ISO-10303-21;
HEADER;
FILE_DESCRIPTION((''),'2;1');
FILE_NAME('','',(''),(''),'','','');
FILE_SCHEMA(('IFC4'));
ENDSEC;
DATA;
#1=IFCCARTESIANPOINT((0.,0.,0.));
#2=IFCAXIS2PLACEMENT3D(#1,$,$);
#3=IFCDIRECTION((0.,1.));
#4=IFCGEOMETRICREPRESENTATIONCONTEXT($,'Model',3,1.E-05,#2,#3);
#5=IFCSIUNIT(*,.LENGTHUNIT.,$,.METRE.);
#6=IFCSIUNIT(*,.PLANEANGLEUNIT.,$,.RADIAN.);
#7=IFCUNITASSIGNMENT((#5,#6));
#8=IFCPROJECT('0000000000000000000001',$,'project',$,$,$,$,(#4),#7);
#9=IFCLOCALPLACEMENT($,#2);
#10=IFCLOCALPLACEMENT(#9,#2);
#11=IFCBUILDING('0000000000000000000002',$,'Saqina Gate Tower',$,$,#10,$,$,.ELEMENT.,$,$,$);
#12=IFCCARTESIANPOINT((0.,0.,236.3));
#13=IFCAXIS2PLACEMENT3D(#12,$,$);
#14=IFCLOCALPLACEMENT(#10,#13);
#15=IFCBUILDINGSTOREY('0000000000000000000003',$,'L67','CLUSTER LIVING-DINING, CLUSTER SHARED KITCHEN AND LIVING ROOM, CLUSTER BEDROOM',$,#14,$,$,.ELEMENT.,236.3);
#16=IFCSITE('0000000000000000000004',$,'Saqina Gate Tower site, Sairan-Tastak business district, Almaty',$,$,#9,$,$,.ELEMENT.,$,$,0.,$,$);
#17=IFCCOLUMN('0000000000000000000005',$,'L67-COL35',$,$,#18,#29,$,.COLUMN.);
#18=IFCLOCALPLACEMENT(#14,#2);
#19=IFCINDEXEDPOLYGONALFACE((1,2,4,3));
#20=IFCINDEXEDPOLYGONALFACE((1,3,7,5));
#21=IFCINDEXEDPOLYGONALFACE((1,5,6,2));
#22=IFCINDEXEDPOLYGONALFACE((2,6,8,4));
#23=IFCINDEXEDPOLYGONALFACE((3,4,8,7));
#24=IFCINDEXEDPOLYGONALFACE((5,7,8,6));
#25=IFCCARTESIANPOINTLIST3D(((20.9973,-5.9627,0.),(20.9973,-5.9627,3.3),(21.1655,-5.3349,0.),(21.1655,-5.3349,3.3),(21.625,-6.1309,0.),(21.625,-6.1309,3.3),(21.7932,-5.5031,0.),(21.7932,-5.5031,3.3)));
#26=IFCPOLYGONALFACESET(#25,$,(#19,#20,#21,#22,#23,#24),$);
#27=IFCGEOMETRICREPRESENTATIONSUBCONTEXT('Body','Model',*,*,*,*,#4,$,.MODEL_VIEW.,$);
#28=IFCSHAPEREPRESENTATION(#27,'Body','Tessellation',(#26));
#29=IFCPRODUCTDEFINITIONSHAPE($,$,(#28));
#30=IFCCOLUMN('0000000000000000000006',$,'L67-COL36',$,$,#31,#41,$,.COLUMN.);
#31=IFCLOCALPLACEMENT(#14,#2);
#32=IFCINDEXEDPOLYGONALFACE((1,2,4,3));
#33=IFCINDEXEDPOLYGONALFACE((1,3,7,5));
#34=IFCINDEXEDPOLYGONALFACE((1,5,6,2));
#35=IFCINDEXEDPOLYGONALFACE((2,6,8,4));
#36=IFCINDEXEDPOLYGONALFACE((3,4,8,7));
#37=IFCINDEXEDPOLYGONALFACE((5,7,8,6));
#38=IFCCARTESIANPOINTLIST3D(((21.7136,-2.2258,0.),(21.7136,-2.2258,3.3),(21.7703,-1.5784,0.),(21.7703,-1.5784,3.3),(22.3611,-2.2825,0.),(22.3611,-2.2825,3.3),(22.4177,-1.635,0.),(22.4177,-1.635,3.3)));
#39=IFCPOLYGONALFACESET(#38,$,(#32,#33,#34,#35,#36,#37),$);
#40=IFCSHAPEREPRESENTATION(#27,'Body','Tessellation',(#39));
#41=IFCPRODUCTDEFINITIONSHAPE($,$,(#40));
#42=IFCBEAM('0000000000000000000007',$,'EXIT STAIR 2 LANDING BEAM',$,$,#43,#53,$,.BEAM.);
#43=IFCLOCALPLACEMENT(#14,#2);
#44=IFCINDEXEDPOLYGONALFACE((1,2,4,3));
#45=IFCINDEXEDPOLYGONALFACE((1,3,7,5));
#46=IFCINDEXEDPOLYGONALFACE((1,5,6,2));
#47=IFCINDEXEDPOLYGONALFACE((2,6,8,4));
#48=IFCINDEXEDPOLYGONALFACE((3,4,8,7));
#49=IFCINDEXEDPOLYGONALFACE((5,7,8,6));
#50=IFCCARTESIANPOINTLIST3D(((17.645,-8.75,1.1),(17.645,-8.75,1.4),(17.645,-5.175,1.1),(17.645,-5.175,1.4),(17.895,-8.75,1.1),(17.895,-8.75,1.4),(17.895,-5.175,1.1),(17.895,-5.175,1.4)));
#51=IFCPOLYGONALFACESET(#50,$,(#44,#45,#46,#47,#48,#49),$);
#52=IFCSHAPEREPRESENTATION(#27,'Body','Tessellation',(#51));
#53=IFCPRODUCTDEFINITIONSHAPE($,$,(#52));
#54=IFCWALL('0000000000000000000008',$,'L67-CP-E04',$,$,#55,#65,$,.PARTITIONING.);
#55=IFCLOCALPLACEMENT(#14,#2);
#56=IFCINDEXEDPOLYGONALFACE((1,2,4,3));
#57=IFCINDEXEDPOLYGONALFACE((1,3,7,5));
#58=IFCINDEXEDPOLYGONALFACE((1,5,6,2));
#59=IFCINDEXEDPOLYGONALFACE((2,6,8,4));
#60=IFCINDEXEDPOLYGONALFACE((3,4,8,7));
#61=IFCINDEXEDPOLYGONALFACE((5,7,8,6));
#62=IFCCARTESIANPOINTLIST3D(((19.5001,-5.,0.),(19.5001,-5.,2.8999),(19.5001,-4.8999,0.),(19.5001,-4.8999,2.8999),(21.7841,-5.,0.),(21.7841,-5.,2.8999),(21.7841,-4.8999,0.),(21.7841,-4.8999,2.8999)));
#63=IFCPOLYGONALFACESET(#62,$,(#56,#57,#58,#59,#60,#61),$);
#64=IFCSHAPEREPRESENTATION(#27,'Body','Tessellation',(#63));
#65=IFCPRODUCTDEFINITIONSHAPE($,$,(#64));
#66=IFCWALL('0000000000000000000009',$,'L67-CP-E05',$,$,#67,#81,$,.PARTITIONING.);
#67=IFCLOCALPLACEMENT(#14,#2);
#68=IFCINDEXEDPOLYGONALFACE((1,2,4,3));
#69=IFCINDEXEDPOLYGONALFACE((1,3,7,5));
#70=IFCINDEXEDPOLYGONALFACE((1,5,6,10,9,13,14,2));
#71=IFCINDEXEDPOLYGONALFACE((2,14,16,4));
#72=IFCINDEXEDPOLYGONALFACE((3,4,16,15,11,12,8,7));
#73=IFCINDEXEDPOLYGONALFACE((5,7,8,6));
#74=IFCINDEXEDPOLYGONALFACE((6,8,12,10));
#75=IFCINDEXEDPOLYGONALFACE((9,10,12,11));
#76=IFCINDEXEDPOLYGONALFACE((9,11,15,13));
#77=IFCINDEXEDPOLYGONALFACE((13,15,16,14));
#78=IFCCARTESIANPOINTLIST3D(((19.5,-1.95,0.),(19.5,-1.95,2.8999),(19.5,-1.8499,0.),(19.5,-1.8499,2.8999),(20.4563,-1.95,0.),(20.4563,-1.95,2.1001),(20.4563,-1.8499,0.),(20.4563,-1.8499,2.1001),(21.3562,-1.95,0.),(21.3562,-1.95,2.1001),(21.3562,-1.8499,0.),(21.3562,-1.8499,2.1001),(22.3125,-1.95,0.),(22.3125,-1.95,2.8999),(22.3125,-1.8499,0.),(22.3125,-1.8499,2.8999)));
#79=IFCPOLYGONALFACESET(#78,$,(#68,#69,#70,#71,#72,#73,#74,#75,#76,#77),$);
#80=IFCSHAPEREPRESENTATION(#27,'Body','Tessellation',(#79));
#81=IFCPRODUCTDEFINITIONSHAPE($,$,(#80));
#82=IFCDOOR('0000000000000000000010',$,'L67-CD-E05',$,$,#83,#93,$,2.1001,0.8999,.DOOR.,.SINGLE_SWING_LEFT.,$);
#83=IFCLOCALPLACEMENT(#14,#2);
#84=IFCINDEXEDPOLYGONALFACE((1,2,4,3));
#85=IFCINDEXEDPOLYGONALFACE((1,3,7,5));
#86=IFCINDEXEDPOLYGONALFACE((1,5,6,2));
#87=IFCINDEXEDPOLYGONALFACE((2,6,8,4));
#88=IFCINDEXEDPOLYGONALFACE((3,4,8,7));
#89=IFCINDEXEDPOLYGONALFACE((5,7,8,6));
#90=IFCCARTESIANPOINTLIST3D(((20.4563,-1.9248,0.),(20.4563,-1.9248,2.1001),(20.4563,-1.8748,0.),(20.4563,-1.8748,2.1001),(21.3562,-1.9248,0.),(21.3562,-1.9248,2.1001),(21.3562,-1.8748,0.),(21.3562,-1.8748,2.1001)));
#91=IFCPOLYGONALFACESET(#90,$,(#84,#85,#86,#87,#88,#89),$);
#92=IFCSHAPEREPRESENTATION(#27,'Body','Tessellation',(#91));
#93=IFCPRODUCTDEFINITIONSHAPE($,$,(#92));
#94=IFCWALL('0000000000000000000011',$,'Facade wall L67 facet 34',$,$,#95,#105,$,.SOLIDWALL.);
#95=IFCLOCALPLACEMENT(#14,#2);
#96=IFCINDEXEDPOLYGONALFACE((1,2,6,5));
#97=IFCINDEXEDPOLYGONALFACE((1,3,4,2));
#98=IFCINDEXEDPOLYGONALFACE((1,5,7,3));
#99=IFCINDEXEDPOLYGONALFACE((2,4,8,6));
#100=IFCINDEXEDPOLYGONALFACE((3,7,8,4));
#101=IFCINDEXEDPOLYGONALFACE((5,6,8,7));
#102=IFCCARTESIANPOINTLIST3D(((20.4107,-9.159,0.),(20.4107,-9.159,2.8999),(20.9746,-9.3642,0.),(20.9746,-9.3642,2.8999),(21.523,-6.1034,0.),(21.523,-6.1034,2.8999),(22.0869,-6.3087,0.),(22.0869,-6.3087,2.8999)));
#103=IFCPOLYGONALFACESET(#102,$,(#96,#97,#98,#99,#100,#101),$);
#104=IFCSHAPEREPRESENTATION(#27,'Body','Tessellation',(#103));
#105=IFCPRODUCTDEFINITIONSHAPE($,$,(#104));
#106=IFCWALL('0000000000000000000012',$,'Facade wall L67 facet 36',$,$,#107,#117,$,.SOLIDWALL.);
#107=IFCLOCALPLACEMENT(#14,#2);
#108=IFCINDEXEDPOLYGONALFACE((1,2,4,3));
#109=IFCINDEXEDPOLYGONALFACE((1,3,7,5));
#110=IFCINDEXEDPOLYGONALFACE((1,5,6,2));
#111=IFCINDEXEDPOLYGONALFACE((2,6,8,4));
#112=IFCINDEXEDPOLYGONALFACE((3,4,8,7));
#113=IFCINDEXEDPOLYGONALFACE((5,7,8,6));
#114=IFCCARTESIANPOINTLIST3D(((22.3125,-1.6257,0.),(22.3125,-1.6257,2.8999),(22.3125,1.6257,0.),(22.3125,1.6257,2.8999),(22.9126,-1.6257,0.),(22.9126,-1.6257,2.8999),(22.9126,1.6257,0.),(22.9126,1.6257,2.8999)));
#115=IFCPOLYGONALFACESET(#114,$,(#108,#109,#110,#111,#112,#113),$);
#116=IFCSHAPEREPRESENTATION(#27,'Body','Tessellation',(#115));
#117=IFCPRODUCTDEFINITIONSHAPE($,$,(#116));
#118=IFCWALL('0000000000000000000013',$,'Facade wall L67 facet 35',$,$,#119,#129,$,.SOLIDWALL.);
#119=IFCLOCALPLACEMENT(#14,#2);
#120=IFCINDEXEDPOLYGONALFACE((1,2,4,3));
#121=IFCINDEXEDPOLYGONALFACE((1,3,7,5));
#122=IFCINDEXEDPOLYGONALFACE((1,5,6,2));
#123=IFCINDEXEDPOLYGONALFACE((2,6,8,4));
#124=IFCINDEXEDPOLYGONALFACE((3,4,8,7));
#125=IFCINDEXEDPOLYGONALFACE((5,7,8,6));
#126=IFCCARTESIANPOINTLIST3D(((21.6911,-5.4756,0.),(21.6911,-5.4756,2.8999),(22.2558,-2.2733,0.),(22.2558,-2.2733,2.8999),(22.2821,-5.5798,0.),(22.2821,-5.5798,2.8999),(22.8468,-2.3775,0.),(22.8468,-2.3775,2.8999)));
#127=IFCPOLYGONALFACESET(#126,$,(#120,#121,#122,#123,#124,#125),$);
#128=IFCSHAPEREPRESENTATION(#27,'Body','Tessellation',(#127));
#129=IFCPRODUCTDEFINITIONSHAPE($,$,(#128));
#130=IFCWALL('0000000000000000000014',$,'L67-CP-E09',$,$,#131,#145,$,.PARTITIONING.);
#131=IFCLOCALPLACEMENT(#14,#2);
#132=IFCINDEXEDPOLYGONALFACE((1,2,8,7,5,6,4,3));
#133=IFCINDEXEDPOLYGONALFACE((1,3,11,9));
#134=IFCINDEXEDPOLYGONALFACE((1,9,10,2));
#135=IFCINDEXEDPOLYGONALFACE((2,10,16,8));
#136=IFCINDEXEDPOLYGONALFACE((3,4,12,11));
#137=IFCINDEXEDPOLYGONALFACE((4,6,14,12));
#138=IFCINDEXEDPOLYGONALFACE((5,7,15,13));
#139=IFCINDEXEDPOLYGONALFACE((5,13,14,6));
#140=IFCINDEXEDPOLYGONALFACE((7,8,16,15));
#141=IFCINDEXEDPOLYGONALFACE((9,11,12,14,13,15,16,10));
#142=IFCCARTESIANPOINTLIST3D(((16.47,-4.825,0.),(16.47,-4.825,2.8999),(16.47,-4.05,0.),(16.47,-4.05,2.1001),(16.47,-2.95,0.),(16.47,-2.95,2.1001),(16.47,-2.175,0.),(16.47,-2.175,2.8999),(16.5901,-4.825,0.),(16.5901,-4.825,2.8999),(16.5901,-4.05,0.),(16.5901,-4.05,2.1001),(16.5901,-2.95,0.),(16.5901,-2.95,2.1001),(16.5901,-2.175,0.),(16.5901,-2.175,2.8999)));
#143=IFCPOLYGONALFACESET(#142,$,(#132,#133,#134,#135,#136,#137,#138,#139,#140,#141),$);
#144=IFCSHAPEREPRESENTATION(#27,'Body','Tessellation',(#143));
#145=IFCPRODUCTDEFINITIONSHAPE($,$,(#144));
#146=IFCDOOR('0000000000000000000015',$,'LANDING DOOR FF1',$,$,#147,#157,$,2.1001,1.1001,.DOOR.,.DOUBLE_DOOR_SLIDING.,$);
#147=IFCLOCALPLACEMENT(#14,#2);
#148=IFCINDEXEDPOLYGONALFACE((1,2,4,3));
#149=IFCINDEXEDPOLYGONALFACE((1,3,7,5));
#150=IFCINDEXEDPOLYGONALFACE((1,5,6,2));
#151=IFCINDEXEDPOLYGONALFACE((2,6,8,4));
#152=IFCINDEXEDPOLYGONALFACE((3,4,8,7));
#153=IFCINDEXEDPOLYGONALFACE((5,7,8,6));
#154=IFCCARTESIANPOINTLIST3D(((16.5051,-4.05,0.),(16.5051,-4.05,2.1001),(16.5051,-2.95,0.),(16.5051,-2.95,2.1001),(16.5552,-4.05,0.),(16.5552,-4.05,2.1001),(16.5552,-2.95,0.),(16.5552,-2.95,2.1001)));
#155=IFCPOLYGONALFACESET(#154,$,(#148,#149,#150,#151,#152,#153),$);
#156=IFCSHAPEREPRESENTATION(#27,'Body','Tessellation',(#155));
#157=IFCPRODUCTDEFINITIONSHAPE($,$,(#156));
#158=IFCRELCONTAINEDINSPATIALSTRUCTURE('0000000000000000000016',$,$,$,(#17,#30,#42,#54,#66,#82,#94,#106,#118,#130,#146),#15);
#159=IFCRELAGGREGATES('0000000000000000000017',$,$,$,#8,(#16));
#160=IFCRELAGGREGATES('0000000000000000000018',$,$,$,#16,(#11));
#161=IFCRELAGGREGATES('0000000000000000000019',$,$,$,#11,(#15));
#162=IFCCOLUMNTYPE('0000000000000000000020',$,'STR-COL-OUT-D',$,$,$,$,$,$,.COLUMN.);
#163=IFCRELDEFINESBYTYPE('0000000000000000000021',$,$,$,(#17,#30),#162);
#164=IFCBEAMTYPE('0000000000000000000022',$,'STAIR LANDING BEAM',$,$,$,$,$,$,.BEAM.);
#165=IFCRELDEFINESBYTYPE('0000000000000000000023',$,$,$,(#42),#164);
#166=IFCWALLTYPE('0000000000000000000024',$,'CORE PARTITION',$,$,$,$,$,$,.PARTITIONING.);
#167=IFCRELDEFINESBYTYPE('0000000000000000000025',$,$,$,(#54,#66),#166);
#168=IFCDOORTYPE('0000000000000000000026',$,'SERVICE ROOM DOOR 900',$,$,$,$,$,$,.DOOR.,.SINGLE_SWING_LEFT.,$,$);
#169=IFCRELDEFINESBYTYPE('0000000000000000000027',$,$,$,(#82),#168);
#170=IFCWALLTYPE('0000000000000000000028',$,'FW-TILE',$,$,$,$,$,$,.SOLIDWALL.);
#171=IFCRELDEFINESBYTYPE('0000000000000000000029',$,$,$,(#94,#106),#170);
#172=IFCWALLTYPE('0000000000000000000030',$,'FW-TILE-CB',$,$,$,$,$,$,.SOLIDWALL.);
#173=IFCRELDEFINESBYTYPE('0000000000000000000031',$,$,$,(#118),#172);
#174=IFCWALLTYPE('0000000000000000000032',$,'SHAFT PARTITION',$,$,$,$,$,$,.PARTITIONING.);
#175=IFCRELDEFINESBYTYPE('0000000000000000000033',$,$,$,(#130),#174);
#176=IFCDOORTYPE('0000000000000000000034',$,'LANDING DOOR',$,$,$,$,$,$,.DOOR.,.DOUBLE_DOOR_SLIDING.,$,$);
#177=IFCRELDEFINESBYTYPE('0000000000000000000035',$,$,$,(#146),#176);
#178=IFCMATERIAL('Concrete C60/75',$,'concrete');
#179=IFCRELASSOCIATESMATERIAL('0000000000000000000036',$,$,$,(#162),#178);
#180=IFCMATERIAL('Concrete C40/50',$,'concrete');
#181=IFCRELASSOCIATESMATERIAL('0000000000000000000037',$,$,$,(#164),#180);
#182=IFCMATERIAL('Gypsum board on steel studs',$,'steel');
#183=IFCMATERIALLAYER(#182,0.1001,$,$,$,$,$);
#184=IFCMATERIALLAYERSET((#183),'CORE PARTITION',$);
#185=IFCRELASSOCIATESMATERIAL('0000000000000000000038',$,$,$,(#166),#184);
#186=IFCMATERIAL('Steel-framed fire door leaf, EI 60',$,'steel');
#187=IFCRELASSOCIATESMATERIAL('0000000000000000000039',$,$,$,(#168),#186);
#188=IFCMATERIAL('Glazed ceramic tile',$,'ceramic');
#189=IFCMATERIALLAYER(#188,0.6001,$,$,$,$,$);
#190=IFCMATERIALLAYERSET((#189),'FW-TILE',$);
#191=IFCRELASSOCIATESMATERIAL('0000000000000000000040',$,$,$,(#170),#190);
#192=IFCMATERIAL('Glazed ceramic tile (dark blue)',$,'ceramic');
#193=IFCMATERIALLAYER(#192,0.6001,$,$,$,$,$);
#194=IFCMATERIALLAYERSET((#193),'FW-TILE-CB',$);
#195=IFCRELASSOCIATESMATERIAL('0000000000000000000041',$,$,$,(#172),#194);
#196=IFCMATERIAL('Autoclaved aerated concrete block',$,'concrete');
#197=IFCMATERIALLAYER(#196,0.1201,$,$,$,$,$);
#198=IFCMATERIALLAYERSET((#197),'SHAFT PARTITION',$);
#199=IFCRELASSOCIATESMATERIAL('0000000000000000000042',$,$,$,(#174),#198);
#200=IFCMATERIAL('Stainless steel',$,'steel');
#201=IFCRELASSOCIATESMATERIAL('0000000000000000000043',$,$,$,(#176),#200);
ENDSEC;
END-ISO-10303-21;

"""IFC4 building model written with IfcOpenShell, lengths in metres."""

from ifc_helpers import new_model, si_unit, direction, frame, frame_2d, origin, origin_2d, place, context, subcontext, project, spatial, rectangle, extrude, material, layer, layer_set, material_profile, profile_set, type_object, element, fill, save


model = new_model("IFC4")

# Units and contexts
model_context = context("Model", 3, precision=1e-05, world=origin(), true_north=direction((0.0, 1.0)))
body_context = subcontext(model_context, "Body", "Model", "MODEL_VIEW")
ifc_project = project(units=[si_unit("LENGTHUNIT", "METRE"), si_unit("PLANEANGLEUNIT", "RADIAN")], contexts=[model_context])

# Site, building, storey
site_placement = place(None, origin())
site = spatial("IfcSite", under=ifc_project, at=site_placement, Name="Saqina Gate Tower site, Sairan-Tastak business district, Almaty", CompositionType="ELEMENT", RefElevation=0.0)
building_placement = place(site_placement, origin())
building = spatial("IfcBuilding", under=site, at=building_placement, Name="Saqina Gate Tower", CompositionType="ELEMENT")
storey_placement = place(building_placement, frame((0.0, 0.0, 236.3)))
storey = spatial("IfcBuildingStorey", under=building, at=storey_placement, Name="L67", Description="CLUSTER LIVING-DINING, CLUSTER SHARED KITCHEN AND LIVING ROOM, CLUSTER BEDROOM", CompositionType="ELEMENT", Elevation=236.3)

# Columns
ifc_material_1 = material(Name="Concrete C60/75", Category="concrete")
ifc_material_profile_1 = material_profile(ifc_material_1, rectangle(XDim=0.6499, YDim=0.6499, at=origin_2d()), Name="RC 650x650")
ifc_profile_set_1 = profile_set([ifc_material_profile_1], Name="Concrete C60/75")
column_type = type_object("IfcColumnType", Name="STR-COL-OUT-D", PredefinedType="COLUMN", material=ifc_profile_set_1)
for number, where, z_axis, x_axis, name in (
    (1, (21.3953, -5.7329, 0.0), (0.0, 0.0, 1.0), (0.965926, -0.258819, 0.0), "L67-COL35"),
    (2, (22.0657, -1.9304, 0.0), (0.0, 0.0, 1.0), (0.996195, -0.087156, 0.0), "L67-COL36"),
):
    element("IfcColumn", number, at=place(storey_placement, frame(where, z_axis=z_axis, x_axis=x_axis)), inside=storey, type_object=column_type, Name=name, PredefinedType="COLUMN", context=body_context, shape_type="SweptSolid", body=[
        extrude(rectangle(XDim=0.6499, YDim=0.6499, at=origin_2d()), origin(), (0.0, 0.0, 1.0), 3.3),
    ])

# Beam
ifc_material_2 = material(Name="Concrete C40/50", Category="concrete")
ifc_material_profile_2 = material_profile(ifc_material_2, rectangle(XDim=0.25, YDim=0.3, at=origin_2d()), Name="STAIR LANDING BEAM")
ifc_profile_set_2 = profile_set([ifc_material_profile_2], Name="Concrete C40/50")
beam_type = type_object("IfcBeamType", Name="STAIR LANDING BEAM", PredefinedType="BEAM", material=ifc_profile_set_2)
beam_placement = place(storey_placement, frame((17.77, -8.75, 1.25), z_axis=(0.0, 1.0, 0.0), x_axis=(-1.0, 0.0, 0.0)))
element("IfcBeam", 3, at=beam_placement, inside=storey, type_object=beam_type, Name="EXIT STAIR 2 LANDING BEAM", PredefinedType="BEAM", context=body_context, shape_type="SweptSolid", body=[
    extrude(rectangle(XDim=0.25, YDim=0.3, at=origin_2d()), origin(), (0.0, 0.0, 1.0), 3.575),
])

# Wall
ifc_material_3 = material(Name="Gypsum board on steel studs", Category="steel")
ifc_layer_1 = layer(ifc_material_3, 0.1001)
ifc_layer_set_1 = layer_set([ifc_layer_1], Name="CORE PARTITION")
wall_type_1 = type_object("IfcWallType", Name="CORE PARTITION", PredefinedType="PARTITIONING", material=ifc_layer_set_1)
wall_1_placement = place(storey_placement, frame((19.5, -4.95, 0.0), z_axis=(0.0, 0.0, 1.0), x_axis=(1.0, 0.0, 0.0)))
element("IfcWall", 4, at=wall_1_placement, inside=storey, type_object=wall_type_1, Name="L67-CP-E04", PredefinedType="PARTITIONING", context=body_context, shape_type="SweptSolid", body=[
    extrude(rectangle(XDim=2.2839, YDim=0.1001, at=frame_2d((1.1421, 0.0))), origin(), (0.0, 0.0, 1.0), 2.8999),
])

# Wall, opening, door
wall_2_placement = place(storey_placement, frame((19.5, -1.8999, 0.0), z_axis=(0.0, 0.0, 1.0), x_axis=(1.0, 0.0, 0.0)))
wall_2 = element("IfcWall", 5, at=wall_2_placement, inside=storey, type_object=wall_type_1, Name="L67-CP-E05", PredefinedType="PARTITIONING", context=body_context, shape_type="SweptSolid", body=[
    extrude(rectangle(XDim=2.8125, YDim=0.1001, at=frame_2d((1.4062, 0.0))), origin(), (0.0, 0.0, 1.0), 2.8999),
])
opening_1_placement = place(wall_2_placement, frame((0.9563, 0.0, 0.0)))
opening_1 = element("IfcOpeningElement", 6, at=opening_1_placement, cuts=wall_2, PredefinedType="OPENING", context=body_context, shape_type="SweptSolid", body=[
    extrude(rectangle(XDim=0.8999, YDim=2.1001, at=frame_2d((0.45, 1.05))), frame((0.0, 0.062, 0.0), z_axis=(0.0, -1.0, 0.0), x_axis=(1.0, 0.0, 0.0)), (0.0, 0.0, 1.0), 0.124),
])
ifc_material_4 = material(Name="Steel-framed fire door leaf, EI 60", Category="steel")
door_type_1 = type_object("IfcDoorType", Name="SERVICE ROOM DOOR 900", OperationType="SINGLE_SWING_LEFT", PredefinedType="DOOR", material=ifc_material_4)
door_1_placement = place(opening_1_placement, frame((0.8999, 0.0, 0.0), z_axis=(0.0, 0.0, 1.0), x_axis=(-1.0, 0.0, 0.0)))
door_1 = element("IfcDoor", 7, at=door_1_placement, inside=storey, type_object=door_type_1, Name="L67-CD-E05", OperationType="SINGLE_SWING_LEFT", OverallHeight=2.1001, OverallWidth=0.8999, PredefinedType="DOOR", context=body_context, shape_type="SweptSolid", body=[
    extrude(rectangle(XDim=0.8999, YDim=2.1001, at=frame_2d((0.45, 1.05))), frame((0.0, 0.0249, 0.0), z_axis=(0.0, -1.0, 0.0), x_axis=(1.0, 0.0, 0.0)), (0.0, 0.0, 1.0), 0.05),
])
fill(opening_1, door_1)

# Walls
ifc_material_5 = material(Name="Glazed ceramic tile", Category="ceramic")
ifc_layer_2 = layer(ifc_material_5, 0.6001)
ifc_layer_set_2 = layer_set([ifc_layer_2], Name="FW-TILE")
wall_type_2 = type_object("IfcWallType", Name="FW-TILE", PredefinedType="SOLIDWALL", material=ifc_layer_set_2)
wall_3_placement = place(storey_placement, frame((20.6926, -9.2617, 0.0), z_axis=(0.0, 0.0, 1.0), x_axis=(0.342057, 0.939679, 0.0)))
element("IfcWall", 8, at=wall_3_placement, inside=storey, type_object=wall_type_2, Name="Facade wall L67 facet 34", PredefinedType="SOLIDWALL", context=body_context, shape_type="SweptSolid", body=[
    extrude(rectangle(XDim=3.2517, YDim=0.6001, at=frame_2d((1.626, 0.0))), origin(), (0.0, 0.0, 1.0), 2.8999),
])
wall_4_placement = place(storey_placement, frame((22.6125, -1.6257, 0.0), z_axis=(0.0, 0.0, 1.0), x_axis=(0.0, 1.0, 0.0)))
element("IfcWall", 9, at=wall_4_placement, inside=storey, type_object=wall_type_2, Name="Facade wall L67 facet 36", PredefinedType="SOLIDWALL", context=body_context, shape_type="SweptSolid", body=[
    extrude(rectangle(XDim=3.2515, YDim=0.6001, at=frame_2d((1.6257, 0.0))), origin(), (0.0, 0.0, 1.0), 2.8999),
])
ifc_material_6 = material(Name="Glazed ceramic tile (dark blue)", Category="ceramic")
ifc_layer_3 = layer(ifc_material_6, 0.6001)
ifc_layer_set_3 = layer_set([ifc_layer_3], Name="FW-TILE-CB")
wall_type_3 = type_object("IfcWallType", Name="FW-TILE-CB", PredefinedType="SOLIDWALL", material=ifc_layer_set_3)
wall_5_placement = place(storey_placement, frame((21.9866, -5.5278, 0.0), z_axis=(0.0, 0.0, 1.0), x_axis=(0.173657, 0.984806, 0.0)))
element("IfcWall", 10, at=wall_5_placement, inside=storey, type_object=wall_type_3, Name="Facade wall L67 facet 35", PredefinedType="SOLIDWALL", context=body_context, shape_type="SweptSolid", body=[
    extrude(rectangle(XDim=3.2517, YDim=0.6001, at=frame_2d((1.626, 0.0))), origin(), (0.0, 0.0, 1.0), 2.8999),
])

# Wall, opening, door
ifc_material_7 = material(Name="Autoclaved aerated concrete block", Category="concrete")
ifc_layer_4 = layer(ifc_material_7, 0.1201)
ifc_layer_set_4 = layer_set([ifc_layer_4], Name="SHAFT PARTITION")
wall_type_4 = type_object("IfcWallType", Name="SHAFT PARTITION", PredefinedType="PARTITIONING", material=ifc_layer_set_4)
wall_6_placement = place(storey_placement, frame((16.53, -4.825, 0.0), z_axis=(0.0, 0.0, 1.0), x_axis=(0.0, 1.0, 0.0)))
wall_6 = element("IfcWall", 11, at=wall_6_placement, inside=storey, type_object=wall_type_4, Name="L67-CP-E09", PredefinedType="PARTITIONING", context=body_context, shape_type="SweptSolid", body=[
    extrude(rectangle(XDim=2.6499, YDim=0.1201, at=frame_2d((1.325, 0.0))), origin(), (0.0, 0.0, 1.0), 2.8999),
])
opening_2_placement = place(wall_6_placement, frame((0.7749, 0.0, 0.0)))
opening_2 = element("IfcOpeningElement", 12, at=opening_2_placement, cuts=wall_6, PredefinedType="OPENING", context=body_context, shape_type="SweptSolid", body=[
    extrude(rectangle(XDim=1.1001, YDim=2.1001, at=frame_2d((0.55, 1.05))), frame((0.0, 0.072, 0.0), z_axis=(0.0, -1.0, 0.0), x_axis=(1.0, 0.0, 0.0)), (0.0, 0.0, 1.0), 0.144),
])
ifc_material_8 = material(Name="Stainless steel", Category="steel")
door_type_2 = type_object("IfcDoorType", Name="LANDING DOOR", OperationType="DOUBLE_DOOR_SLIDING", PredefinedType="DOOR", material=ifc_material_8)
door_2_placement = place(opening_2_placement, origin())
door_2 = element("IfcDoor", 13, at=door_2_placement, inside=storey, type_object=door_type_2, Name="LANDING DOOR FF1", OperationType="DOUBLE_DOOR_SLIDING", OverallHeight=2.1001, OverallWidth=1.1001, PredefinedType="DOOR", context=body_context, shape_type="SweptSolid", body=[
    extrude(rectangle(XDim=1.1001, YDim=2.1001, at=frame_2d((0.55, 1.05))), frame((0.0, 0.0249, 0.0), z_axis=(0.0, -1.0, 0.0), x_axis=(1.0, 0.0, 0.0)), (0.0, 0.0, 1.0), 0.05),
])
fill(opening_2, door_2)

save(model, "model.ifc")
